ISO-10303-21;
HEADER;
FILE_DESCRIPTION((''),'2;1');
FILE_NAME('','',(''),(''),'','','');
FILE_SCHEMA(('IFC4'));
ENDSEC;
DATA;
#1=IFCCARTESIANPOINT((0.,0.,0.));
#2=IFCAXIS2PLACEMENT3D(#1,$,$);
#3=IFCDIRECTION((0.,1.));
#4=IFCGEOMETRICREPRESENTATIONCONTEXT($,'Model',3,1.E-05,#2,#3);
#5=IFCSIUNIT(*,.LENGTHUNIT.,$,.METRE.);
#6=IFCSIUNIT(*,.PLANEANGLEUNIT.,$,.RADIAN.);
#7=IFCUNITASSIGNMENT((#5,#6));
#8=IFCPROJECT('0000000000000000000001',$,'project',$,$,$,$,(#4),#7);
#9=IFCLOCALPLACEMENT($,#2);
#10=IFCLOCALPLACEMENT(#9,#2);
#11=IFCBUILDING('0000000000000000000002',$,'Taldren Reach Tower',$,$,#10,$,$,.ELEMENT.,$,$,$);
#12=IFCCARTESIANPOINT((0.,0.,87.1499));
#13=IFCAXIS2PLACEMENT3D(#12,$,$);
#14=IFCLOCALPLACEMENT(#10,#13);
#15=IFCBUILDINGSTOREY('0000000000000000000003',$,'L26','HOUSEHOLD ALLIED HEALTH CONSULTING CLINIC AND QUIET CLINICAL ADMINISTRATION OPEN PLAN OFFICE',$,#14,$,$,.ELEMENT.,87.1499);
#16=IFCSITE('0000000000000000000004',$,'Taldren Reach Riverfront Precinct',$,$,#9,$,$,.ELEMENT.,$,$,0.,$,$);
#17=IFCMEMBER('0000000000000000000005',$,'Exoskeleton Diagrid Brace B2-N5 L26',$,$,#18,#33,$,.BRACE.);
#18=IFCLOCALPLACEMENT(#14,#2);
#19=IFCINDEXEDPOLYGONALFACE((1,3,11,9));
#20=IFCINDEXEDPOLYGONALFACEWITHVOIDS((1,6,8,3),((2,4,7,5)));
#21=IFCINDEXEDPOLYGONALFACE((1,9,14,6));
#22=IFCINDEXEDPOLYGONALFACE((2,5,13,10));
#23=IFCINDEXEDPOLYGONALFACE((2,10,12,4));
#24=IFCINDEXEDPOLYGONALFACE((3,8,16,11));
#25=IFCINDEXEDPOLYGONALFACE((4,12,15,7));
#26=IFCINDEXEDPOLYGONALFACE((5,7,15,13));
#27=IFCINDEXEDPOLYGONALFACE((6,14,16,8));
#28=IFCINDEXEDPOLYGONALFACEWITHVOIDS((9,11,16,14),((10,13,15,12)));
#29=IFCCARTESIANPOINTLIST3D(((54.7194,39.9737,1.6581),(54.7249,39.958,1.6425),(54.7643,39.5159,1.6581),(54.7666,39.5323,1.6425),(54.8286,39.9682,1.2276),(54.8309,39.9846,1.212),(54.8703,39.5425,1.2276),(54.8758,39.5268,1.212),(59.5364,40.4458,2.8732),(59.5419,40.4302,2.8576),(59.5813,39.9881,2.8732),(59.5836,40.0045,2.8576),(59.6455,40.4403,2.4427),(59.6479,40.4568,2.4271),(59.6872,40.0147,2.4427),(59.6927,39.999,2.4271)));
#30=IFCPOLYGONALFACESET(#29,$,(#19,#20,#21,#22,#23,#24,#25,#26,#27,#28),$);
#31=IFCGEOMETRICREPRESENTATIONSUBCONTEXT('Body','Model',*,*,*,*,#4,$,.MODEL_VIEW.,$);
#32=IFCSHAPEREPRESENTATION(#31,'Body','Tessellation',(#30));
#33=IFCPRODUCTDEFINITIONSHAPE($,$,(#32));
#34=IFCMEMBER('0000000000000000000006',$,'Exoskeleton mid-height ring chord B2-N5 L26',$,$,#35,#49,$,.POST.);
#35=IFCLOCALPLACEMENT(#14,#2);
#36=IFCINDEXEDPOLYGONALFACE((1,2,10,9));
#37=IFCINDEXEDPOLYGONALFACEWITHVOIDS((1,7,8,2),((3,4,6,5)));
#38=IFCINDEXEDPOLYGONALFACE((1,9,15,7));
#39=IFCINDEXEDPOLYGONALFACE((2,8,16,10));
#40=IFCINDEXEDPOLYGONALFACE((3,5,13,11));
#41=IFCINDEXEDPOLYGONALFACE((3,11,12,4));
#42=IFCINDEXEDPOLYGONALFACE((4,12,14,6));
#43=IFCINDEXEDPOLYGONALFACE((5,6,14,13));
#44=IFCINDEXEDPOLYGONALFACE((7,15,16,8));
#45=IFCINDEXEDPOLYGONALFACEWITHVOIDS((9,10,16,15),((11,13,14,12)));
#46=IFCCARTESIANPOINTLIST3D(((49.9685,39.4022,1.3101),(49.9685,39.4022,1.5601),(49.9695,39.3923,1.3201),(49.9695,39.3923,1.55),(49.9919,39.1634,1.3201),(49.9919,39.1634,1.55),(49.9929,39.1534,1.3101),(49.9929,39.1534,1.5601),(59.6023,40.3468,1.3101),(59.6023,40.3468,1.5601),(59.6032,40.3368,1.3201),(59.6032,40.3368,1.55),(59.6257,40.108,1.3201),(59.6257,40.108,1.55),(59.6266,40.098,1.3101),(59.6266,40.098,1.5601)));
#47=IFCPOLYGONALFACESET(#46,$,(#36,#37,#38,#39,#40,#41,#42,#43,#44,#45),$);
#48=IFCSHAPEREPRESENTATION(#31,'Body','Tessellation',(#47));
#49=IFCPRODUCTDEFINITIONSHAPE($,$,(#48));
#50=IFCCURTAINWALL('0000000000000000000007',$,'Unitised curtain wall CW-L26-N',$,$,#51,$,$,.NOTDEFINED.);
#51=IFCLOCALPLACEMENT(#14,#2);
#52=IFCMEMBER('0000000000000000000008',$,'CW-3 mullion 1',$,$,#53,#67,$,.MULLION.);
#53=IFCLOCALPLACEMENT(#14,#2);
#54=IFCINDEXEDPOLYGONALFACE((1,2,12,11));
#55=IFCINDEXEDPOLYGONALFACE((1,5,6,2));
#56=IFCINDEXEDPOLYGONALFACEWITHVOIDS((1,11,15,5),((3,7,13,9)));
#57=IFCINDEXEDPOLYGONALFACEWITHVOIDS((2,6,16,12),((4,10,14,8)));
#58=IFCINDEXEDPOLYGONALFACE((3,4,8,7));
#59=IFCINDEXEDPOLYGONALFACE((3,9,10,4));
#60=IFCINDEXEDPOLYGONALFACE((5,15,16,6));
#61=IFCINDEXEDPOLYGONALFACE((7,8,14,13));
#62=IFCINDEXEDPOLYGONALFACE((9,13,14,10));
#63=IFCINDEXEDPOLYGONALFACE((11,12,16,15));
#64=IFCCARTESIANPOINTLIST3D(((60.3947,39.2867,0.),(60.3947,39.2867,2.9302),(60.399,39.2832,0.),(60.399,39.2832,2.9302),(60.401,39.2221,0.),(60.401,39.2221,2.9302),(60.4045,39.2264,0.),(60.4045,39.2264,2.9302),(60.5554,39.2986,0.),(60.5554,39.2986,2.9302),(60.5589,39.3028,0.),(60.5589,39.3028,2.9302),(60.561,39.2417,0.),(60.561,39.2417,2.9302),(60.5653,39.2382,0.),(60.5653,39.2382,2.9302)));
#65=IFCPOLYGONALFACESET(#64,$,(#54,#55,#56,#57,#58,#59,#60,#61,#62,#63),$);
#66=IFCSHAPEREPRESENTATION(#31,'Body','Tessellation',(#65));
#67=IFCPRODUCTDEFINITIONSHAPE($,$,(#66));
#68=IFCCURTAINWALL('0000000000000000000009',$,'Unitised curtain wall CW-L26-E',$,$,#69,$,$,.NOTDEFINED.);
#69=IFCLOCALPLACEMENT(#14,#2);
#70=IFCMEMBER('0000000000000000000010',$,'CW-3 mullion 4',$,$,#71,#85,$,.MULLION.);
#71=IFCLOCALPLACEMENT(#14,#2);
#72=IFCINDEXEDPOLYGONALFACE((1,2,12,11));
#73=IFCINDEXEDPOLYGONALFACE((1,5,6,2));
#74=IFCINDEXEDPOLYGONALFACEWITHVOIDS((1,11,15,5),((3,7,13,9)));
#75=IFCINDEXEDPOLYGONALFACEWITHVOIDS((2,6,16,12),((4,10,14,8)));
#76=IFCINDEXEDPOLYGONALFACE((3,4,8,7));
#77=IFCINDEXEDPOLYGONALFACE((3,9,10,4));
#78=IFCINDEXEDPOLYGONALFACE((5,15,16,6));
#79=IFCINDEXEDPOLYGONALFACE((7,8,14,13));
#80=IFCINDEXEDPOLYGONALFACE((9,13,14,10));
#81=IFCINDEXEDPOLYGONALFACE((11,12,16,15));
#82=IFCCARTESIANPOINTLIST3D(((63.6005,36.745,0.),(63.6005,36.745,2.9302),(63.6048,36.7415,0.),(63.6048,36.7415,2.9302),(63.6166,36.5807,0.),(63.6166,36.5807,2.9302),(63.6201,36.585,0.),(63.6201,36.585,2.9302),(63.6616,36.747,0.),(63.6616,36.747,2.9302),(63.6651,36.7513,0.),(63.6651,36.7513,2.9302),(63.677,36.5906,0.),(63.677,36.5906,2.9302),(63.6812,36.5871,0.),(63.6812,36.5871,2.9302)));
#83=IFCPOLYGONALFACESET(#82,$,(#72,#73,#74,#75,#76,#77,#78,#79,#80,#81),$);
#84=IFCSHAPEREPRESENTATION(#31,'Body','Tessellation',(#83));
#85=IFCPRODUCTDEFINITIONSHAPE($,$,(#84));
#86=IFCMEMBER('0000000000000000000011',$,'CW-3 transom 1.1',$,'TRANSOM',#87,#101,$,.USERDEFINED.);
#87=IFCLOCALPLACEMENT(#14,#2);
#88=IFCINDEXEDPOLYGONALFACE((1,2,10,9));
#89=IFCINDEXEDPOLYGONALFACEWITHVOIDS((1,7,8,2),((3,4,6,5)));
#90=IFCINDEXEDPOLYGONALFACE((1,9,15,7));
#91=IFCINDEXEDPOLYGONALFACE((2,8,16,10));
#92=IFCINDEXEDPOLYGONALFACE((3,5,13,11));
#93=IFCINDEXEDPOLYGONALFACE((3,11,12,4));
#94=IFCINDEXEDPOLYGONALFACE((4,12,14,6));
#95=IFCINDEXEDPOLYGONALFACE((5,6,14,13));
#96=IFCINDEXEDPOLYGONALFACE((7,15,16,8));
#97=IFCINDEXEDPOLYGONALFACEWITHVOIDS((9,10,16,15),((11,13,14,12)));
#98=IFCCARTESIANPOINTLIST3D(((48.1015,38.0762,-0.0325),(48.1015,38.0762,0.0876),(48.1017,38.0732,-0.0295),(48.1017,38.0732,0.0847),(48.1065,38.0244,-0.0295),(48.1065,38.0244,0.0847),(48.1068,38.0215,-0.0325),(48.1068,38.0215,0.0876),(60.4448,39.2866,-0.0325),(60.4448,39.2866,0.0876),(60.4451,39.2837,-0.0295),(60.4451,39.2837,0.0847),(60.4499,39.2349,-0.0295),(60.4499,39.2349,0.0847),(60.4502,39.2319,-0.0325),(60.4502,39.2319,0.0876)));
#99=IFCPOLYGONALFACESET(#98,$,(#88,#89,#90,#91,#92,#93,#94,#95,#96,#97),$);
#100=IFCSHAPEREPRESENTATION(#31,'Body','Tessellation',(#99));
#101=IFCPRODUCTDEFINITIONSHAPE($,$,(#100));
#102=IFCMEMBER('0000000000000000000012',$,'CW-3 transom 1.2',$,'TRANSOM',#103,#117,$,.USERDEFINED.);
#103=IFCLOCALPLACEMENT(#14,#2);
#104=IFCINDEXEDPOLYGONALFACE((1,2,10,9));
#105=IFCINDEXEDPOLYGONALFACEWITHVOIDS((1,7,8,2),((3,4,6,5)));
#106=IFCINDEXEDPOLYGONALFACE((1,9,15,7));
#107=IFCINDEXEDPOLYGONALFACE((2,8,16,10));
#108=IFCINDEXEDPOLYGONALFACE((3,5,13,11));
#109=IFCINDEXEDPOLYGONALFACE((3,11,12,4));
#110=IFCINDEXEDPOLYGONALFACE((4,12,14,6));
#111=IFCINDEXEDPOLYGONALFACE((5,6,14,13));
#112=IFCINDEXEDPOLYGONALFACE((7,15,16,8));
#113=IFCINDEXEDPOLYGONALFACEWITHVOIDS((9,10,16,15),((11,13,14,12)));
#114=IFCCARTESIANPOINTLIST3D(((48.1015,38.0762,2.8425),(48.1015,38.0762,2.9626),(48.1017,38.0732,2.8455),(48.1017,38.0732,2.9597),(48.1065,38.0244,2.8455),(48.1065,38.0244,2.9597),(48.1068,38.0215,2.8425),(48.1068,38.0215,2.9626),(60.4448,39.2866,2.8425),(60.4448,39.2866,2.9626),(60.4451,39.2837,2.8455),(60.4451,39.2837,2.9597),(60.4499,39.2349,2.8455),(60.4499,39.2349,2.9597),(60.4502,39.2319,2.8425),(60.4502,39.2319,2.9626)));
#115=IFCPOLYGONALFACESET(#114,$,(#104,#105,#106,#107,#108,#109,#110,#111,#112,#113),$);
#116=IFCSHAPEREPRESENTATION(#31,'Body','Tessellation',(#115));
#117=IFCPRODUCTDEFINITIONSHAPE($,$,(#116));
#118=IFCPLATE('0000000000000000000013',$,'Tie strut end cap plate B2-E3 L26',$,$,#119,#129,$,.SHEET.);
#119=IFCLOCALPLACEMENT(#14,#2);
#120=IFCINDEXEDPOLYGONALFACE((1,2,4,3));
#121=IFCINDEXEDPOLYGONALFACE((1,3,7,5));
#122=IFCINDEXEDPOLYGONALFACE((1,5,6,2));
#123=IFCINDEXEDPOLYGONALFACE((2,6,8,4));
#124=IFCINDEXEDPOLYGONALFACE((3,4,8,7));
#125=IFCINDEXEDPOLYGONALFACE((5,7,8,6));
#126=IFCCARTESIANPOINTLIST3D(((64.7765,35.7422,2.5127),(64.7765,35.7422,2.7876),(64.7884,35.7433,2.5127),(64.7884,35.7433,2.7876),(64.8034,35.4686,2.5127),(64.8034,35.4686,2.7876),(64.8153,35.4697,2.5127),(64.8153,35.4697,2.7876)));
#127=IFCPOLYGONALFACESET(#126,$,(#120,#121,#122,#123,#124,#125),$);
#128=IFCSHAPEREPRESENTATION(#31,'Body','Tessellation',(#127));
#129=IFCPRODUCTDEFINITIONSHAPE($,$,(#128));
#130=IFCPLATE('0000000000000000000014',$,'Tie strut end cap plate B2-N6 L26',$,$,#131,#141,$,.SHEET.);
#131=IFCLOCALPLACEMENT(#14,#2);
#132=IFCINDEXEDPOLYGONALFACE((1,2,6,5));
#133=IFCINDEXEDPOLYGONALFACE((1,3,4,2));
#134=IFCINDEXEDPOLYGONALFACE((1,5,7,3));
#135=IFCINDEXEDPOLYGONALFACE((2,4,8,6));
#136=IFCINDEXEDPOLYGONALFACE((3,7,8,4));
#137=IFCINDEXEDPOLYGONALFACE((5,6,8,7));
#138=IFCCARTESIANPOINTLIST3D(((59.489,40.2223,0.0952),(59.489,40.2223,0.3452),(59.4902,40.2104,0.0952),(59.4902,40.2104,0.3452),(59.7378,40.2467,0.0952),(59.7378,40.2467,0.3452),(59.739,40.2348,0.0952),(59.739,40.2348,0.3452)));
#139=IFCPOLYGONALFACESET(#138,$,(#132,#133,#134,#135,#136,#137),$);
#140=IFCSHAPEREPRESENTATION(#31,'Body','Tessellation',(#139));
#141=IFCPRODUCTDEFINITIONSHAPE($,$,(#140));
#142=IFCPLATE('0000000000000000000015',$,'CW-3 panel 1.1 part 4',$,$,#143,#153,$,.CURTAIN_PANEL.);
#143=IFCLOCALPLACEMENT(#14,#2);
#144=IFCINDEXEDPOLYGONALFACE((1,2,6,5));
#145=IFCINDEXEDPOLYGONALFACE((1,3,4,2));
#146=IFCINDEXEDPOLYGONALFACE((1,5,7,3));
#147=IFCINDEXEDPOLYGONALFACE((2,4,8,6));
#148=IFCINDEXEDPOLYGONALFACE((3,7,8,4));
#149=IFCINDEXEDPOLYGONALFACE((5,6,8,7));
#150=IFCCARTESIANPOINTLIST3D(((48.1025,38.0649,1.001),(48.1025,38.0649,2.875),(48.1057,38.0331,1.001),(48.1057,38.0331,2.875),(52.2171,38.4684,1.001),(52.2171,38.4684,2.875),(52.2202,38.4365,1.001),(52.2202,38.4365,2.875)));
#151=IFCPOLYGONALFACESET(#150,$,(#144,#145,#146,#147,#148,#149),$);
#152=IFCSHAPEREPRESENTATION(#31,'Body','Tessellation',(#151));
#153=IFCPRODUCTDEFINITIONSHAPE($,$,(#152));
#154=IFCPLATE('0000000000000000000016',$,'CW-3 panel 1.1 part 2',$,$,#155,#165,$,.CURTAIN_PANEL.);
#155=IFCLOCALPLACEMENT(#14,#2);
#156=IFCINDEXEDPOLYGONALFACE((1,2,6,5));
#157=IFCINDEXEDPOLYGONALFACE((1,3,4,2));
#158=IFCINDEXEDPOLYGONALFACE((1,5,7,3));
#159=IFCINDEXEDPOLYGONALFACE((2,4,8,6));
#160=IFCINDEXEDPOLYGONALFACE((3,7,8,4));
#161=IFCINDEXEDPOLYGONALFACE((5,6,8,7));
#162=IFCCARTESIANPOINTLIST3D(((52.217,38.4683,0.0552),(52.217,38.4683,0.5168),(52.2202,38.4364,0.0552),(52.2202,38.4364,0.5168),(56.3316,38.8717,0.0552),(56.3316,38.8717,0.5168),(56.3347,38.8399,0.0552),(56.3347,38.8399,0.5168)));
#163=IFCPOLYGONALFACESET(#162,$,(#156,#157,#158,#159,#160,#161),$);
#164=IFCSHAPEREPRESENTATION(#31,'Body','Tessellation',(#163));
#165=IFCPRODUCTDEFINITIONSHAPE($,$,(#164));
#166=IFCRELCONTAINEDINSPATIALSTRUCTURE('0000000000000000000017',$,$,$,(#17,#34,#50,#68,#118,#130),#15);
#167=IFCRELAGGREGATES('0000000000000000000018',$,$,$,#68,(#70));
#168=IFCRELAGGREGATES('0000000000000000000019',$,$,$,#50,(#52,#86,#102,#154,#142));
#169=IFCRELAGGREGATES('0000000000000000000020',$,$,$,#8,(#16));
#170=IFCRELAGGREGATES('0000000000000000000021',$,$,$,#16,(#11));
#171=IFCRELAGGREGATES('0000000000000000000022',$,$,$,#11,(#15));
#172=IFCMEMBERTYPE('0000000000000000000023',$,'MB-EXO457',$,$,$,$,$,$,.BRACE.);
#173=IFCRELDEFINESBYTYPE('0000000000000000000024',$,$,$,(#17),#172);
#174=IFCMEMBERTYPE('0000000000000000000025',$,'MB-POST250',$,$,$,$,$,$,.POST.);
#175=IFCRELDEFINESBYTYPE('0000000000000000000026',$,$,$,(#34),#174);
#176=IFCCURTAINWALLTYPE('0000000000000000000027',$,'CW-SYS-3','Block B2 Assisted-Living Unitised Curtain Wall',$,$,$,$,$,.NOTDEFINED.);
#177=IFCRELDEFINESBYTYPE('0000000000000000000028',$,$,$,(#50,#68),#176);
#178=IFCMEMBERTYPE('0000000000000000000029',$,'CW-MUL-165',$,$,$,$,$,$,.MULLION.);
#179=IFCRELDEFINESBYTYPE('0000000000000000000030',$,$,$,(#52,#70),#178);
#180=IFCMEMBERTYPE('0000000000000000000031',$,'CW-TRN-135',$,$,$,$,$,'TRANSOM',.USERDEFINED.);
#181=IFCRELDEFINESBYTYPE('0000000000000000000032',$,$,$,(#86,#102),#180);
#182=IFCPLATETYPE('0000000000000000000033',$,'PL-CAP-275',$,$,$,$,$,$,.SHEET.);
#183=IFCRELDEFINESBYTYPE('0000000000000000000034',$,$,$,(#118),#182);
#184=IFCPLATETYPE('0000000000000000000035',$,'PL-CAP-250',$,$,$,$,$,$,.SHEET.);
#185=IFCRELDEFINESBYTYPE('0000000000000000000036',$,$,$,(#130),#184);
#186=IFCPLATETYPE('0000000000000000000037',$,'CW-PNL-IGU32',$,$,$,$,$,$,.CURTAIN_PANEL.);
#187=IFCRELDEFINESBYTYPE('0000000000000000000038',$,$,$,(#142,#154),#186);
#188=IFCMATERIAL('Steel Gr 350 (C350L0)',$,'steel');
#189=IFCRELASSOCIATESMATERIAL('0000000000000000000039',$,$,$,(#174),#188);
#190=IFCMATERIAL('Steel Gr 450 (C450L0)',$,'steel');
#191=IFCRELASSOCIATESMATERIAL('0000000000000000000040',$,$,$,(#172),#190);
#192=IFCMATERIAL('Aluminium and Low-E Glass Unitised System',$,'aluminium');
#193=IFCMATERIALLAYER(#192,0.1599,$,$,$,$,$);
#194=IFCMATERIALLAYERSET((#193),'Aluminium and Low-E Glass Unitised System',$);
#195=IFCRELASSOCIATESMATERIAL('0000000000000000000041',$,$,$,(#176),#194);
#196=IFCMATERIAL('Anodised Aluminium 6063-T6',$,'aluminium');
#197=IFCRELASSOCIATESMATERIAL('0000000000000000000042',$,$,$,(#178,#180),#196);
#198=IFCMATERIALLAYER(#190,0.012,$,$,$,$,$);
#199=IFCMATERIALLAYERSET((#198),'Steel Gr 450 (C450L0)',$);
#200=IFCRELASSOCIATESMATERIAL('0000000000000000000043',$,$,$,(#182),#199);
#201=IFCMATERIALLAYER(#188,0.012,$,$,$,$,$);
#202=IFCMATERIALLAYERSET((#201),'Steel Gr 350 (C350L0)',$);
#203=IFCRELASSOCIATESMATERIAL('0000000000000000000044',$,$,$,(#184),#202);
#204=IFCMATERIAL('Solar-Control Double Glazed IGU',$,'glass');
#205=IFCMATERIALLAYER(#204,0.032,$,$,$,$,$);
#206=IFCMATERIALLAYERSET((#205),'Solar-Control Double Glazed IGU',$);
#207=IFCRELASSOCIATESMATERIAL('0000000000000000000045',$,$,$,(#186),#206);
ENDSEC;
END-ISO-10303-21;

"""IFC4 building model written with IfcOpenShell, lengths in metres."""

from ifc_helpers import new_model, si_unit, direction, frame, origin, origin_2d, place, context, subcontext, project, spatial, rectangle, hollow_rectangle, extrude, source, transform, mapped, material, layer, layer_set, material_profile, profile_set, type_object, element, aggregate, save


model = new_model("IFC4")

# Units and contexts
model_context = context("Model", 3, precision=1e-05, world=origin(), true_north=direction((0.0, 1.0)))
body_context = subcontext(model_context, "Body", "Model", "MODEL_VIEW")
ifc_project = project(units=[si_unit("LENGTHUNIT", "METRE"), si_unit("PLANEANGLEUNIT", "RADIAN")], contexts=[model_context])

# Site, building, storey
site_placement = place(None, origin())
site = spatial("IfcSite", under=ifc_project, at=site_placement, Name="Taldren Reach Riverfront Precinct", CompositionType="ELEMENT", RefElevation=0.0)
building_placement = place(site_placement, origin())
building = spatial("IfcBuilding", under=site, at=building_placement, Name="Taldren Reach Tower", CompositionType="ELEMENT")
storey_placement = place(building_placement, frame((0.0, 0.0, 87.1499)))
storey = spatial("IfcBuildingStorey", under=building, at=storey_placement, Name="L26", Description="HOUSEHOLD ALLIED HEALTH CONSULTING CLINIC AND QUIET CLINICAL ADMINISTRATION OPEN PLAN OFFICE", CompositionType="ELEMENT", Elevation=87.1499)

# Shared definitions
ifc_material_1 = material(Name="Steel Gr 450 (C450L0)", Category="steel")
ifc_material_2 = material(Name="Steel Gr 350 (C350L0)", Category="steel")
ifc_material_profile_1 = material_profile(ifc_material_2, hollow_rectangle(XDim=0.25, YDim=0.25, WallThickness=0.01, at=origin_2d()), Name="250x250x10.0SHS")
ifc_profile_set_1 = profile_set([ifc_material_profile_1], Name="Steel Gr 350 (C350L0)")
member_type_1 = type_object("IfcMemberType", Name="MB-POST250", PredefinedType="POST", material=ifc_profile_set_1)

# Members
ifc_material_profile_2 = material_profile(ifc_material_1, hollow_rectangle(XDim=0.46, YDim=0.46, WallThickness=0.0161, at=origin_2d()), Name="460x460x16.0SHS")
ifc_profile_set_2 = profile_set([ifc_material_profile_2], Name="Steel Gr 450 (C450L0)")
member_type_2 = type_object("IfcMemberType", Name="MB-EXO457", PredefinedType="BRACE", material=ifc_profile_set_2)
shared_shape_1 = source(origin(), body_context, "Body", "SweptSolid", [
    extrude(hollow_rectangle(XDim=0.46, YDim=0.46, WallThickness=0.0161, at=origin_2d()), origin(), (0.0, 0.0, 1.0), 4.9902),
])
member_1_placement = place(storey_placement, frame((54.7976, 39.7502, 1.4351), z_axis=(0.965276, 0.09462, 0.243496), x_axis=(-0.097556, 0.99523, 0.0)))
element("IfcMember", 1, at=member_1_placement, inside=storey, type_object=member_type_2, Name="Exoskeleton Diagrid Brace B2-N5 L26", PredefinedType="BRACE", context=body_context, shape_type="MappedRepresentation", body=[
    mapped(shared_shape_1, transform((0.0, 0.0, 0.0), scale=1.0)),
])
shared_shape_2 = source(origin(), body_context, "Body", "SweptSolid", [
    extrude(hollow_rectangle(XDim=0.25, YDim=0.25, WallThickness=0.01, at=origin_2d()), origin(), (0.0, 0.0, 1.0), 9.6799),
])
member_2_placement = place(storey_placement, frame((49.9807, 39.2778, 1.4351), z_axis=(0.995228, 0.097581, 0.0), x_axis=(-0.097581, 0.995228, 0.0)))
element("IfcMember", 2, at=member_2_placement, inside=storey, type_object=member_type_1, Name="Exoskeleton mid-height ring chord B2-N5 L26", PredefinedType="POST", context=body_context, shape_type="MappedRepresentation", body=[
    mapped(shared_shape_2, transform((0.0, 0.0, 0.0), scale=1.0)),
])

# Curtain walls, members
ifc_material_3 = material(Name="Aluminium and Low-E Glass Unitised System", Category="aluminium")
ifc_layer_1 = layer(ifc_material_3, 0.1599)
ifc_layer_set_1 = layer_set([ifc_layer_1], Name="Aluminium and Low-E Glass Unitised System")
curtain_wall_type = type_object("IfcCurtainWallType", Name="CW-SYS-3", Description="Block B2 Assisted-Living Unitised Curtain Wall", PredefinedType="NOTDEFINED", material=ifc_layer_set_1)
curtain_wall_1_placement = place(storey_placement, origin())
curtain_wall_1 = element("IfcCurtainWall", 3, at=curtain_wall_1_placement, inside=storey, type_object=curtain_wall_type, Name="Unitised curtain wall CW-L26-N", PredefinedType="NOTDEFINED")
ifc_material_4 = material(Name="Anodised Aluminium 6063-T6", Category="aluminium")
ifc_material_profile_3 = material_profile(ifc_material_4, hollow_rectangle(XDim=0.0649, YDim=0.165, WallThickness=0.0039, at=origin_2d()), Name="ALU-165x65x4RHS")
ifc_profile_set_3 = profile_set([ifc_material_profile_3], Name="Anodised Aluminium 6063-T6")
member_type_3 = type_object("IfcMemberType", Name="CW-MUL-165", PredefinedType="MULLION", material=ifc_profile_set_3)
shared_shape_3 = source(origin(), body_context, "Body", "SweptSolid", [
    extrude(hollow_rectangle(XDim=0.0649, YDim=0.165, WallThickness=0.0039, at=origin_2d()), origin(), (0.0, 0.0, 1.0), 2.9302),
])
member_3_placement = place(storey_placement, frame((60.48, 39.2625, 0.0), z_axis=(0.0, 0.0, 1.0), x_axis=(0.097583, -0.995227, 0.0)))
member_3 = element("IfcMember", 4, at=member_3_placement, type_object=member_type_3, Name="CW-3 mullion 1", PredefinedType="MULLION", context=body_context, shape_type="MappedRepresentation", body=[
    mapped(shared_shape_3, transform((0.0, 0.0, 0.0), scale=1.0)),
])
curtain_wall_2_placement = place(storey_placement, origin())
curtain_wall_2 = element("IfcCurtainWall", 5, at=curtain_wall_2_placement, inside=storey, type_object=curtain_wall_type, Name="Unitised curtain wall CW-L26-E", PredefinedType="NOTDEFINED")
member_4_placement = place(storey_placement, frame((63.6409, 36.666, 0.0), z_axis=(0.0, 0.0, 1.0), x_axis=(-0.995227, -0.097583, 0.0)))
member_4 = element("IfcMember", 6, at=member_4_placement, type_object=member_type_3, Name="CW-3 mullion 4", PredefinedType="MULLION", context=body_context, shape_type="MappedRepresentation", body=[
    mapped(shared_shape_3, transform((0.0, 0.0, 0.0), scale=1.0)),
])
aggregate(curtain_wall_2, [member_4])

# Members
ifc_material_profile_4 = material_profile(ifc_material_4, hollow_rectangle(XDim=0.0549, YDim=0.1201, WallThickness=0.0029, at=origin_2d()), Name="ALU-120x55x3RHS")
ifc_profile_set_4 = profile_set([ifc_material_profile_4], Name="Anodised Aluminium 6063-T6")
member_type_4 = type_object("IfcMemberType", Name="CW-TRN-135", ElementType="TRANSOM", PredefinedType="USERDEFINED", material=ifc_profile_set_4)
shared_shape_4 = source(origin(), body_context, "Body", "SweptSolid", [
    extrude(hollow_rectangle(XDim=0.0549, YDim=0.1201, WallThickness=0.0029, at=origin_2d()), origin(), (0.0, 0.0, 1.0), 12.4026),
])
member_5_placement = place(storey_placement, frame((60.4475, 39.2593, 0.0276), z_axis=(-0.995226, -0.097597, 0.0), x_axis=(0.097597, -0.995226, 0.0)))
member_5 = element("IfcMember", 7, at=member_5_placement, type_object=member_type_4, Name="CW-3 transom 1.1", ObjectType="TRANSOM", PredefinedType="USERDEFINED", context=body_context, shape_type="MappedRepresentation", body=[
    mapped(shared_shape_4, transform((0.0, 0.0, 0.0), scale=1.0)),
])
member_6_placement = place(storey_placement, frame((60.4475, 39.2593, 2.9026), z_axis=(-0.995226, -0.097597, 0.0), x_axis=(0.097597, -0.995226, 0.0)))
member_6 = element("IfcMember", 8, at=member_6_placement, type_object=member_type_4, Name="CW-3 transom 1.2", ObjectType="TRANSOM", PredefinedType="USERDEFINED", context=body_context, shape_type="MappedRepresentation", body=[
    mapped(shared_shape_4, transform((0.0, 0.0, 0.0), scale=1.0)),
])

# Plates
ifc_layer_2 = layer(ifc_material_1, 0.012)
ifc_layer_set_2 = layer_set([ifc_layer_2], Name="Steel Gr 450 (C450L0)")
plate_type_1 = type_object("IfcPlateType", Name="PL-CAP-275", PredefinedType="SHEET", material=ifc_layer_set_2)
shared_shape_5 = source(origin(), body_context, "Body", "SweptSolid", [
    extrude(rectangle(XDim=0.012, YDim=0.2749, at=origin_2d()), origin(), (0.0, 0.0, 1.0), 0.2749),
])
plate_1_placement = place(storey_placement, frame((64.7959, 35.606, 2.5127), z_axis=(0.0, 0.0, 1.0), x_axis=(0.995227, 0.097583, 0.0)))
element("IfcPlate", 9, at=plate_1_placement, inside=storey, type_object=plate_type_1, Name="Tie strut end cap plate B2-E3 L26", PredefinedType="SHEET", context=body_context, shape_type="MappedRepresentation", body=[
    mapped(shared_shape_5, transform((0.0, 0.0, 0.0), scale=1.0)),
])
ifc_layer_3 = layer(ifc_material_2, 0.012)
ifc_layer_set_3 = layer_set([ifc_layer_3], Name="Steel Gr 350 (C350L0)")
plate_type_2 = type_object("IfcPlateType", Name="PL-CAP-250", PredefinedType="SHEET", material=ifc_layer_set_3)
shared_shape_6 = source(origin(), body_context, "Body", "SweptSolid", [
    extrude(rectangle(XDim=0.25, YDim=0.012, at=origin_2d()), origin(), (0.0, 0.0, 1.0), 0.25),
])
plate_2_placement = place(storey_placement, frame((59.614, 40.2285, 0.0952), z_axis=(0.0, 0.0, 1.0), x_axis=(0.995227, 0.097583, 0.0)))
element("IfcPlate", 10, at=plate_2_placement, inside=storey, type_object=plate_type_2, Name="Tie strut end cap plate B2-N6 L26", PredefinedType="SHEET", context=body_context, shape_type="MappedRepresentation", body=[
    mapped(shared_shape_6, transform((0.0, 0.0, 0.0), scale=1.0)),
])

# Plates
ifc_material_5 = material(Name="Solar-Control Double Glazed IGU", Category="glass")
ifc_layer_4 = layer(ifc_material_5, 0.032)
ifc_layer_set_4 = layer_set([ifc_layer_4], Name="Solar-Control Double Glazed IGU")
plate_type_3 = type_object("IfcPlateType", Name="CW-PNL-IGU32", PredefinedType="CURTAIN_PANEL", material=ifc_layer_set_4)
shared_shape_7 = source(origin(), body_context, "Body", "SweptSolid", [
    extrude(rectangle(XDim=4.1343, YDim=0.032, at=origin_2d()), origin(), (0.0, 0.0, 1.0), 1.874),
])
plate_3_placement = place(storey_placement, frame((50.1614, 38.2507, 1.001), z_axis=(0.0, 0.0, 1.0), x_axis=(-0.995227, -0.097583, 0.0)))
plate_3 = element("IfcPlate", 11, at=plate_3_placement, type_object=plate_type_3, Name="CW-3 panel 1.1 part 4", PredefinedType="CURTAIN_PANEL", context=body_context, shape_type="MappedRepresentation", body=[
    mapped(shared_shape_7, transform((0.0, 0.0, 0.0), scale=1.0)),
])
shared_shape_8 = source(origin(), body_context, "Body", "SweptSolid", [
    extrude(rectangle(XDim=4.1343, YDim=0.032, at=origin_2d()), origin(), (0.0, 0.0, 1.0), 0.4617),
])
plate_4_placement = place(storey_placement, frame((54.2759, 38.6541, 0.0552), z_axis=(0.0, 0.0, 1.0), x_axis=(-0.995227, -0.097583, 0.0)))
plate_4 = element("IfcPlate", 12, at=plate_4_placement, type_object=plate_type_3, Name="CW-3 panel 1.1 part 2", PredefinedType="CURTAIN_PANEL", context=body_context, shape_type="MappedRepresentation", body=[
    mapped(shared_shape_8, transform((0.0, 0.0, 0.0), scale=1.0)),
])
aggregate(curtain_wall_1, [member_3, member_5, member_6, plate_4, plate_3])

save(model, "model.ifc")
